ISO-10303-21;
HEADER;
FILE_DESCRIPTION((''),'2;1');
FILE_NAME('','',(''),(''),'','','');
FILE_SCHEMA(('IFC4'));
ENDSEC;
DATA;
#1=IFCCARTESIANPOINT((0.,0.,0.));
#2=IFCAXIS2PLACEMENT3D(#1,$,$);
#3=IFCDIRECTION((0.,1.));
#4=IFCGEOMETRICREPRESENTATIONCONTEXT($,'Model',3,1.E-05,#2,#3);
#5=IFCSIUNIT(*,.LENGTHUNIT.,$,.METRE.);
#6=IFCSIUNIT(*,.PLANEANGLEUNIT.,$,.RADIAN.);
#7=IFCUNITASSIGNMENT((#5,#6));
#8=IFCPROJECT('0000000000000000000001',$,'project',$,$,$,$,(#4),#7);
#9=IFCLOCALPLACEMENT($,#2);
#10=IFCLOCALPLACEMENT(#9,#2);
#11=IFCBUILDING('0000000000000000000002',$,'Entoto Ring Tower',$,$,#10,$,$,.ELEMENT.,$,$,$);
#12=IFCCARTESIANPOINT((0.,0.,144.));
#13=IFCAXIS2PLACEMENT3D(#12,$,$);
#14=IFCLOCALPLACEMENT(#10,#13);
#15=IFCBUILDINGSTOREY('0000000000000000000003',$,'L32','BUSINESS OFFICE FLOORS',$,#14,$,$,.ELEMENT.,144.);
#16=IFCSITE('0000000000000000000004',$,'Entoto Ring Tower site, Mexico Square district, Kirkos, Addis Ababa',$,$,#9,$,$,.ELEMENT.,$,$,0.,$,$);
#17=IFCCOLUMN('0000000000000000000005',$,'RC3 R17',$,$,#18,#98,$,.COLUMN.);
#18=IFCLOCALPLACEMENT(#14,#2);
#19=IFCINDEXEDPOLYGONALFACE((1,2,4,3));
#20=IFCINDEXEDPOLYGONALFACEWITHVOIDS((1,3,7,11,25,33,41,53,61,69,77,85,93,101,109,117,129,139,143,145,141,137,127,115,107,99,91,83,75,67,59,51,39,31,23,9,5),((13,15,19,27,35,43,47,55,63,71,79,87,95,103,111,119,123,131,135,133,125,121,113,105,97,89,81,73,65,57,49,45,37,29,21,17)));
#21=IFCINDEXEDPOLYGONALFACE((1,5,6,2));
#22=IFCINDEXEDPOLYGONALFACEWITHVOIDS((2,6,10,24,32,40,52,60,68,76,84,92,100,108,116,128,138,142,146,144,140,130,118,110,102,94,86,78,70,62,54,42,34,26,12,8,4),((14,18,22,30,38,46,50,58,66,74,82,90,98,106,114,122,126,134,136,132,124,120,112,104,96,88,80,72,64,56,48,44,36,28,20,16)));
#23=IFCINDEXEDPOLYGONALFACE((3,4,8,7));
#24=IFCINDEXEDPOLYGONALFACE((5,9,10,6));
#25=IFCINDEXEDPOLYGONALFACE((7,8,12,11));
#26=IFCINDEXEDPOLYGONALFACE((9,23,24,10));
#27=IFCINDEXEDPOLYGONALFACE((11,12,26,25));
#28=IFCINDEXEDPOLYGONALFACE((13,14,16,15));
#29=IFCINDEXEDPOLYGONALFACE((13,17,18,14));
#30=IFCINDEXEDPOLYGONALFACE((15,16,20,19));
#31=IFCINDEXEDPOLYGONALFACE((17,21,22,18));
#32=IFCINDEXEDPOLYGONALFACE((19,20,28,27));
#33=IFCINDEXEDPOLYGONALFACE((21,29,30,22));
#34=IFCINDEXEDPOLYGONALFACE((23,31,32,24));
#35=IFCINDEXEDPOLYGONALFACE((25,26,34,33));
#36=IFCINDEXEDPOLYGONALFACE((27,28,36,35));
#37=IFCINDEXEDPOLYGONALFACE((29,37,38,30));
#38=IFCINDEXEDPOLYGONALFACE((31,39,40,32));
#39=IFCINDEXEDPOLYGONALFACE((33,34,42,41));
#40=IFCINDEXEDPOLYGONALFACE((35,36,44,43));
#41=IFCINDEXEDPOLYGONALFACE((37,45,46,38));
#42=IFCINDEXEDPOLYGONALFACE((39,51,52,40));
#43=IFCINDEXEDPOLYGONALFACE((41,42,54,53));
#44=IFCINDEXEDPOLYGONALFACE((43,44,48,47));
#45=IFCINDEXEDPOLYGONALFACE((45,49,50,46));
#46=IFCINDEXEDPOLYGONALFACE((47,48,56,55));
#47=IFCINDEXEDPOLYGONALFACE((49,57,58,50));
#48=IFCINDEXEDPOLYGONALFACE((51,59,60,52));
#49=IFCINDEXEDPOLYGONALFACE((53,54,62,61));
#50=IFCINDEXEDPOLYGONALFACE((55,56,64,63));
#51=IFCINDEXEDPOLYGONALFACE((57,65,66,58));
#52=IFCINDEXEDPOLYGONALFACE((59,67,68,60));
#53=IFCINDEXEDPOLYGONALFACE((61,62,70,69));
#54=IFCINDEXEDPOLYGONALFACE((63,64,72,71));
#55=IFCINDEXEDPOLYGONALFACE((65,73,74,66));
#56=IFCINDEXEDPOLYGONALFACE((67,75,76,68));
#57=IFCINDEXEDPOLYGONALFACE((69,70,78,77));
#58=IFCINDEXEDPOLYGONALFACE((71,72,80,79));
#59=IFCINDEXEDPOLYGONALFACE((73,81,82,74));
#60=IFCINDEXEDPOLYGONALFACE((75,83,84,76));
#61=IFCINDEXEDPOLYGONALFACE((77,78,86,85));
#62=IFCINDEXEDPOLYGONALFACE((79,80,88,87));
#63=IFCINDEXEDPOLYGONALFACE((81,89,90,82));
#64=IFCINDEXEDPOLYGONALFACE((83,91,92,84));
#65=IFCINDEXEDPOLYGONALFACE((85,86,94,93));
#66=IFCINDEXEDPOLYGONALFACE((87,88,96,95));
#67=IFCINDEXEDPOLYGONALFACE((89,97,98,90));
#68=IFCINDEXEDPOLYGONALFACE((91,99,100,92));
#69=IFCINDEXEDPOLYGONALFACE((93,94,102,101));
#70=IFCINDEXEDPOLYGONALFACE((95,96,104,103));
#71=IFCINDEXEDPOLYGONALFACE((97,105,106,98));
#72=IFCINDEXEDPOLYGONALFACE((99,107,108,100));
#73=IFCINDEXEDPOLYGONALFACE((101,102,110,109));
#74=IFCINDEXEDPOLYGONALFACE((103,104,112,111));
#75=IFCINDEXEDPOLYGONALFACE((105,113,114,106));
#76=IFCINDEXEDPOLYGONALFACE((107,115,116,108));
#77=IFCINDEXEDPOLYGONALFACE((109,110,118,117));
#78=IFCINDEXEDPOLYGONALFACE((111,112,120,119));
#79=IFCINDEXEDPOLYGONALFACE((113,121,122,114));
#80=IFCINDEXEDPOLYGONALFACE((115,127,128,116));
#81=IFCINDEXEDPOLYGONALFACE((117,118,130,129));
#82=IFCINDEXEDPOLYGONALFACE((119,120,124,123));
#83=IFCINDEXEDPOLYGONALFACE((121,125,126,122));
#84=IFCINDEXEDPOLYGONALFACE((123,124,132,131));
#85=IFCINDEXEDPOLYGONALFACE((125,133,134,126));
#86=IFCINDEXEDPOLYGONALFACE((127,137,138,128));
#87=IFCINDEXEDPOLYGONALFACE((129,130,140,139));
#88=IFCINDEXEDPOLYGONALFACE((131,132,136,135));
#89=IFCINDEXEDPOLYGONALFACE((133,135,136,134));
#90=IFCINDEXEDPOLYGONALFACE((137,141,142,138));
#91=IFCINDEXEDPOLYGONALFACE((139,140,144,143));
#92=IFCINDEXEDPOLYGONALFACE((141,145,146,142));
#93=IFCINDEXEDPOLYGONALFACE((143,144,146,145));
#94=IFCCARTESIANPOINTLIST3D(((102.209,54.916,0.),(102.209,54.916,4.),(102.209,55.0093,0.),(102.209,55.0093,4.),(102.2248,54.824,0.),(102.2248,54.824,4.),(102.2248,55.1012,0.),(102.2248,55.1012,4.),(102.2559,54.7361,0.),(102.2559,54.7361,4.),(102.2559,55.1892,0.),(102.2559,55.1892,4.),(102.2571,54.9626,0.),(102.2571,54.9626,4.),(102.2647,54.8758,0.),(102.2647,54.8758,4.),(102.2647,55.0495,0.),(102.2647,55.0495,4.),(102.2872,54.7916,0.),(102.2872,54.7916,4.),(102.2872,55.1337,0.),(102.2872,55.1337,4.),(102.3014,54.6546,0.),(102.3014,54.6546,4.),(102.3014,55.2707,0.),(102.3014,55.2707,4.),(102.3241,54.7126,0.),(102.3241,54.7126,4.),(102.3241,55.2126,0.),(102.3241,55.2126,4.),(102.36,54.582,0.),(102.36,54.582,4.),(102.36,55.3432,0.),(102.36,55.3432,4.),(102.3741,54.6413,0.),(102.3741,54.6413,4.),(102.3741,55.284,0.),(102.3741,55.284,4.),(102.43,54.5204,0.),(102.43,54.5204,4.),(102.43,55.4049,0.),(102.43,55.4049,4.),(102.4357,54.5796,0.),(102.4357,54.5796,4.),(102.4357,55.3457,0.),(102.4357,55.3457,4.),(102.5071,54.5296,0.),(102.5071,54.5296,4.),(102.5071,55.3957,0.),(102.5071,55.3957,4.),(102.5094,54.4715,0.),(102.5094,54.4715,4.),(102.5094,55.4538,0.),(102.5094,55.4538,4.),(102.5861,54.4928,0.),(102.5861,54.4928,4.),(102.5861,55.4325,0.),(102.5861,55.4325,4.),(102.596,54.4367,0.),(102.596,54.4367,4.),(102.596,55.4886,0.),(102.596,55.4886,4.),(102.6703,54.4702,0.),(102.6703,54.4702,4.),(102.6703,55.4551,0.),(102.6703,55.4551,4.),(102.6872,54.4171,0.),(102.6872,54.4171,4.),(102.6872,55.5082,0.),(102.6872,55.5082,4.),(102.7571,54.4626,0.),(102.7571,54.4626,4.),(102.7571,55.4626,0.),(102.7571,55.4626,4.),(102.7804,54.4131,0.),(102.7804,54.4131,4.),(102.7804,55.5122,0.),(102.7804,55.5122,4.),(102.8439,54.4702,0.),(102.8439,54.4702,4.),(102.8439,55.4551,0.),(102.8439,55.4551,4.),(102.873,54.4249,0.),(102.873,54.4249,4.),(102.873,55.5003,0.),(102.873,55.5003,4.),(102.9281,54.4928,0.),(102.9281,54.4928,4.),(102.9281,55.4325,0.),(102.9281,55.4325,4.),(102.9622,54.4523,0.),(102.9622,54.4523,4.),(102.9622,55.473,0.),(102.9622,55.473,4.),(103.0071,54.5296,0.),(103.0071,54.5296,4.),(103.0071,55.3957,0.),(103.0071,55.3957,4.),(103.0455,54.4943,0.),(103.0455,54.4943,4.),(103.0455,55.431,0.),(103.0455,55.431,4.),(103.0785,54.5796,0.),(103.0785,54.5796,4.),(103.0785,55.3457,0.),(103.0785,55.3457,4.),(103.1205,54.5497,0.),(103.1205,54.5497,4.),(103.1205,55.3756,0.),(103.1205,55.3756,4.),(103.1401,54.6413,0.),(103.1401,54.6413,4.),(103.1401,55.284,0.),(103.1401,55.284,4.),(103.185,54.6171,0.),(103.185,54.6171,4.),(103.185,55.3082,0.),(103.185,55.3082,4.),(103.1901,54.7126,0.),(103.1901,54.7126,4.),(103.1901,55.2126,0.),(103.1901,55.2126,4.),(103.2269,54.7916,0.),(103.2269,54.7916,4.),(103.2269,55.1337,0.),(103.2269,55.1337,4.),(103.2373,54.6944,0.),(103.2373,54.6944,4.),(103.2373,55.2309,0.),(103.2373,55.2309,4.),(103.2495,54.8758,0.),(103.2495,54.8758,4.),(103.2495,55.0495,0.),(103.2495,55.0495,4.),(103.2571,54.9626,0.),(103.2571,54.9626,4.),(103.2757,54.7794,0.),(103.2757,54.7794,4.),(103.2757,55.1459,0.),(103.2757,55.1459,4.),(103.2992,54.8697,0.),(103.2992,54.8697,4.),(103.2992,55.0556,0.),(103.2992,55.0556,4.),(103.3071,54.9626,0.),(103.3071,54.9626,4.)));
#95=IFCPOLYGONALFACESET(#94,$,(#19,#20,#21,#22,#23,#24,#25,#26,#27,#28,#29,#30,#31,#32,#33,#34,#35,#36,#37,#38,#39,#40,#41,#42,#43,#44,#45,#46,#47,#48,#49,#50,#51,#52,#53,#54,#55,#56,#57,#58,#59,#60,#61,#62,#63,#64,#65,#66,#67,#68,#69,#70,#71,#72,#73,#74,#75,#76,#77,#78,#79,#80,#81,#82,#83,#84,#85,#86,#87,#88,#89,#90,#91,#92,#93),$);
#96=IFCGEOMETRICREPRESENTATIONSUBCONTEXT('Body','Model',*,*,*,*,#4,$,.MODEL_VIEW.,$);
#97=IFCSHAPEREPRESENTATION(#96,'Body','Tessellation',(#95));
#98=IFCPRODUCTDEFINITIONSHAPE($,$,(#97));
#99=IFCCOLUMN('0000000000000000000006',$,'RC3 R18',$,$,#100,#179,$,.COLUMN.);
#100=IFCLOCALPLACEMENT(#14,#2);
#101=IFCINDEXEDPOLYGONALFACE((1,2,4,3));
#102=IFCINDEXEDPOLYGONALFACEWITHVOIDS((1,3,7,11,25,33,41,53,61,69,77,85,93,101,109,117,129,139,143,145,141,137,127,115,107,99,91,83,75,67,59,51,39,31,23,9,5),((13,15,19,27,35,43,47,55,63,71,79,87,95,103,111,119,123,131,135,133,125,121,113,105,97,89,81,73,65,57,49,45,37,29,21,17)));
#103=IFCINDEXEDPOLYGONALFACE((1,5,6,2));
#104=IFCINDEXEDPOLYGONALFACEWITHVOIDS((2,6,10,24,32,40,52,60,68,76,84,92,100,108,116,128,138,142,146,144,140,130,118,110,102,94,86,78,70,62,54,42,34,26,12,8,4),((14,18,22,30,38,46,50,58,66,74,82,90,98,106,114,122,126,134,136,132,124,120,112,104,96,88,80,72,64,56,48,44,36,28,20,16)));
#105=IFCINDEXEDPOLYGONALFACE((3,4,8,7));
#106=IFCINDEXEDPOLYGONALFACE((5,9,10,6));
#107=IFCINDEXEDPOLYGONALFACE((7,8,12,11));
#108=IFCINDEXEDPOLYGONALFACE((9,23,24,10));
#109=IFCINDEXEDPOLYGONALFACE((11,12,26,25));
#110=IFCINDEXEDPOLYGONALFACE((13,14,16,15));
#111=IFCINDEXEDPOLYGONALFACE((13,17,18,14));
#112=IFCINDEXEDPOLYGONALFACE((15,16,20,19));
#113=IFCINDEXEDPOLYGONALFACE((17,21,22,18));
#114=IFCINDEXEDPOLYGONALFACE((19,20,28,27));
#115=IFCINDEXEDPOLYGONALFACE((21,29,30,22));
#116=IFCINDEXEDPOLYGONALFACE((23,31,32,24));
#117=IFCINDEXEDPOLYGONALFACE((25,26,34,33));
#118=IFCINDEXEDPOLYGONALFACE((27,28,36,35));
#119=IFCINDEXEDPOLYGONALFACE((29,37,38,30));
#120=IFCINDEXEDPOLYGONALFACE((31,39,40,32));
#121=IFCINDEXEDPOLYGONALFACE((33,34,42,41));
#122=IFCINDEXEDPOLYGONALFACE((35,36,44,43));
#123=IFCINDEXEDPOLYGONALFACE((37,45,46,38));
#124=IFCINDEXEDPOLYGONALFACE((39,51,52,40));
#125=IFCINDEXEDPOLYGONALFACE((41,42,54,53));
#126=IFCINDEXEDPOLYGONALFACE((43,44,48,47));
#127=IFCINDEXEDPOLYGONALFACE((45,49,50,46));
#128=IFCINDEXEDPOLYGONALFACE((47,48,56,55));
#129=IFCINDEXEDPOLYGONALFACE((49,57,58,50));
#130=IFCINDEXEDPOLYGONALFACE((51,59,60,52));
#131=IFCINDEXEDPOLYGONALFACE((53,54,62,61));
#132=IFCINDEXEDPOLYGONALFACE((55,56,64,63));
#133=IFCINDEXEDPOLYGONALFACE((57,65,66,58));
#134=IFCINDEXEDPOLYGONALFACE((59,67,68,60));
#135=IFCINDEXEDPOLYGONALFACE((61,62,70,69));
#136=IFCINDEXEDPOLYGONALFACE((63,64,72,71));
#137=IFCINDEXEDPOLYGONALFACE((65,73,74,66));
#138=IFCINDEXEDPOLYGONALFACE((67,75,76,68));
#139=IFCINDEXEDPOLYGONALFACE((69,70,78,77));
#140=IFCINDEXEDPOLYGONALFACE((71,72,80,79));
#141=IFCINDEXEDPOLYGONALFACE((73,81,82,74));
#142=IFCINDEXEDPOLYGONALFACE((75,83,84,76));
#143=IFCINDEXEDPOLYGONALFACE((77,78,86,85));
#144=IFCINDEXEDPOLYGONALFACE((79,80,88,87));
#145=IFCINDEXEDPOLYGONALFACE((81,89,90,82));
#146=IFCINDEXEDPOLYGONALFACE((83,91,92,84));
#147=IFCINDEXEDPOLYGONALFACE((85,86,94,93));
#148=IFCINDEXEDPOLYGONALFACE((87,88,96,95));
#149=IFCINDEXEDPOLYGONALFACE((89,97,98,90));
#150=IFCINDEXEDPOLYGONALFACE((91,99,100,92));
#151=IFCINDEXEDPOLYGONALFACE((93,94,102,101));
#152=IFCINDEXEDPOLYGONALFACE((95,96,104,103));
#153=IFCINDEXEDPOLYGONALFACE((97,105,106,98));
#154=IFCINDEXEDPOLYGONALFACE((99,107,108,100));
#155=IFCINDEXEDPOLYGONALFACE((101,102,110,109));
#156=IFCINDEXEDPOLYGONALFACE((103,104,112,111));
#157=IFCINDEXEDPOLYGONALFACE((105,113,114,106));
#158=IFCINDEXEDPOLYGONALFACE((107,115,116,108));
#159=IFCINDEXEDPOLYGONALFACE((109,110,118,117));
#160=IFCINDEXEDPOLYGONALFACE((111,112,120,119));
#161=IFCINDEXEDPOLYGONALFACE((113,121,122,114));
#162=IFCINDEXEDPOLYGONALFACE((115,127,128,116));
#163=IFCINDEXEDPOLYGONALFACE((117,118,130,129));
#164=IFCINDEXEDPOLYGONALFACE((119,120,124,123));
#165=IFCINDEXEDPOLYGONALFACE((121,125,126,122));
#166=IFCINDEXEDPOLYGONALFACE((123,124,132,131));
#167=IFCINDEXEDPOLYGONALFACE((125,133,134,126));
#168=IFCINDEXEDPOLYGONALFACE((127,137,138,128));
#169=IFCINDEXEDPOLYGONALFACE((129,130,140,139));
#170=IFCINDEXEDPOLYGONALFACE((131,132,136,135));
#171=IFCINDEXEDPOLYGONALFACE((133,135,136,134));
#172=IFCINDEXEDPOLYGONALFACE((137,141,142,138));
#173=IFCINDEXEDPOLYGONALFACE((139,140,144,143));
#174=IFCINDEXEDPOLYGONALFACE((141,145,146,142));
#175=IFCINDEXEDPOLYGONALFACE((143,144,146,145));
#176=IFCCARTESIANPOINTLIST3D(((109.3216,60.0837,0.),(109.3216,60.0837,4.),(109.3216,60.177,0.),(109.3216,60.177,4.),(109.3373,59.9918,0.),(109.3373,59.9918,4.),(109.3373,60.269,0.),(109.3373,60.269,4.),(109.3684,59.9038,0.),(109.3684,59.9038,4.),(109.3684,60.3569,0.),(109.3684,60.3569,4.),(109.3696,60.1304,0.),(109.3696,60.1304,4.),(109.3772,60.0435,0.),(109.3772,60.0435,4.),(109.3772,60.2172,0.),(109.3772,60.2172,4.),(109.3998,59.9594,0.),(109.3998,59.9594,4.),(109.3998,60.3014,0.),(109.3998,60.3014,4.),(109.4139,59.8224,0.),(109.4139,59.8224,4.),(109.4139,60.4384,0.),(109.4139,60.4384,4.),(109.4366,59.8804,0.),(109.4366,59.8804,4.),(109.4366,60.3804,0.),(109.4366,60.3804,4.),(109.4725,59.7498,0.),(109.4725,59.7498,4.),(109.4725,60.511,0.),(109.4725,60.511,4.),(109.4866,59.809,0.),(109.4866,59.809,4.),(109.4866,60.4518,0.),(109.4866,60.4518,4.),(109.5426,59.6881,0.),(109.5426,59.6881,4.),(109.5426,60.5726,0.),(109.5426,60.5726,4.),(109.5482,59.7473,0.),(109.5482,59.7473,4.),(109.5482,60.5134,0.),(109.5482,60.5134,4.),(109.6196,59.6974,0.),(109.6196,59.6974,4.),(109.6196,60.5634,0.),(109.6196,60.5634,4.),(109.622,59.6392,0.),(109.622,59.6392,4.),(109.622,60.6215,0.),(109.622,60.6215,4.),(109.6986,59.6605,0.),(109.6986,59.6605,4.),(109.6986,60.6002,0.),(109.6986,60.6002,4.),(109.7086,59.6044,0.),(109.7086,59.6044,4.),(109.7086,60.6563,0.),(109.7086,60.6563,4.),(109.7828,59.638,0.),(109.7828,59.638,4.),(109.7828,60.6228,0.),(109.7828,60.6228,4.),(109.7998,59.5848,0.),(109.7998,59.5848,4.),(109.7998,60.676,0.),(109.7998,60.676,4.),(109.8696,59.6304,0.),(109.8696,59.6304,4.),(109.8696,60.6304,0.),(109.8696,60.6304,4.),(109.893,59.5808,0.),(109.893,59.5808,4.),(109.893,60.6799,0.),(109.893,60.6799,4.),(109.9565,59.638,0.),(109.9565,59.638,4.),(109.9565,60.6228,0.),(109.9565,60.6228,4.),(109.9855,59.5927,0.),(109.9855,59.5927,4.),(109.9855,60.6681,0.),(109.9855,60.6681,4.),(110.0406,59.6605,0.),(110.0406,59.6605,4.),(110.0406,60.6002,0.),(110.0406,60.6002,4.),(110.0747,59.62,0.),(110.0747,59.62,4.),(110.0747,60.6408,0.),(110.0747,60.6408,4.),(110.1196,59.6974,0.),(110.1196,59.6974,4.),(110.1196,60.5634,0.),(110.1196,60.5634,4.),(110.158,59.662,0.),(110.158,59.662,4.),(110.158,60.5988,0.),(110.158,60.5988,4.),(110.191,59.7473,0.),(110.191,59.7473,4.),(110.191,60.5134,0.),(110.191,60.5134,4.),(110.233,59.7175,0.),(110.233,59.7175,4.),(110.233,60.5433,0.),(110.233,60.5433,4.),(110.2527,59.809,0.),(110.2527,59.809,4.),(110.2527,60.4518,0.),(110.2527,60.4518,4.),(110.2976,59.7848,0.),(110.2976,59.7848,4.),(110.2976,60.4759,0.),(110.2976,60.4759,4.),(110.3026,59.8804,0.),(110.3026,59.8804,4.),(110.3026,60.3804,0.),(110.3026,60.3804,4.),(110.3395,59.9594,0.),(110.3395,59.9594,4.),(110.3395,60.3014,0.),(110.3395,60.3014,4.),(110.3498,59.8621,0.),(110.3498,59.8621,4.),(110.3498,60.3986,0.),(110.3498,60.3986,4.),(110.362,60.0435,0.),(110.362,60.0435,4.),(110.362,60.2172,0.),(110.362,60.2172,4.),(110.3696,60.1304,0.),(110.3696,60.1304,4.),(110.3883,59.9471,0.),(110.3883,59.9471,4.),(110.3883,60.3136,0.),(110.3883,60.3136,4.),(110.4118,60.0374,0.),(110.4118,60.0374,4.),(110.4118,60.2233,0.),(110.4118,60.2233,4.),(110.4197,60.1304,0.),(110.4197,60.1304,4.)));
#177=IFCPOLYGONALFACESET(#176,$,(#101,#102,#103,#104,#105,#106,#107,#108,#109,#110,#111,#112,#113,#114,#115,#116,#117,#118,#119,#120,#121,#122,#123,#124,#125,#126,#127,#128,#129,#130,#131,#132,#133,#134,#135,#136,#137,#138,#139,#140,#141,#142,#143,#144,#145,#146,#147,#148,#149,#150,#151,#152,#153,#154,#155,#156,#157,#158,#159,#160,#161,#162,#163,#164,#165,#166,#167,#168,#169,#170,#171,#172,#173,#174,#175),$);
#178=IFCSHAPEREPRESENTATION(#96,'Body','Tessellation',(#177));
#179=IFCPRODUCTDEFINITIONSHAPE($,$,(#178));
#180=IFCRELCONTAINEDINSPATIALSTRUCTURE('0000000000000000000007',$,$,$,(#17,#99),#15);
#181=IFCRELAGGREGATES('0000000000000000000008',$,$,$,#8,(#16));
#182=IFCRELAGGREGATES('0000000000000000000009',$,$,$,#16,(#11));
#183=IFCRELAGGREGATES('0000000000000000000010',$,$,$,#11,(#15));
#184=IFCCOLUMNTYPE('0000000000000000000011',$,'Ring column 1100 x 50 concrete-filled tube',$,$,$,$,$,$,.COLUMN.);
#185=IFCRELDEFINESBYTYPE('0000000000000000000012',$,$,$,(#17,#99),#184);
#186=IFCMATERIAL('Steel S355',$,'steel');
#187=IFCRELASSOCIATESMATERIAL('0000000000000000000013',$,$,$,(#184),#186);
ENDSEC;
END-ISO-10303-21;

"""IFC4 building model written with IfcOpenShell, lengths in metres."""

from ifc_helpers import new_model, si_unit, direction, frame, origin, origin_2d, place, context, subcontext, project, spatial, circle, hollow_circle, extrude, material, material_profile, profile_set, type_object, element, save


model = new_model("IFC4")

# Units and contexts
model_context = context("Model", 3, precision=1e-05, world=origin(), true_north=direction((0.0, 1.0)))
body_context = subcontext(model_context, "Body", "Model", "MODEL_VIEW")
ifc_project = project(units=[si_unit("LENGTHUNIT", "METRE"), si_unit("PLANEANGLEUNIT", "RADIAN")], contexts=[model_context])

# Site, building, storey
site_placement = place(None, origin())
site = spatial("IfcSite", under=ifc_project, at=site_placement, Name="Entoto Ring Tower site, Mexico Square district, Kirkos, Addis Ababa", CompositionType="ELEMENT", RefElevation=0.0)
building_placement = place(site_placement, origin())
building = spatial("IfcBuilding", under=site, at=building_placement, Name="Entoto Ring Tower", CompositionType="ELEMENT")
storey_placement = place(building_placement, frame((0.0, 0.0, 144.0)))
storey = spatial("IfcBuildingStorey", under=building, at=storey_placement, Name="L32", Description="BUSINESS OFFICE FLOORS", CompositionType="ELEMENT", Elevation=144.0)

# Columns
ifc_material_1 = material(Name="Steel S355", Category="steel")
ifc_material_profile_1 = material_profile(ifc_material_1, hollow_circle(Radius=0.55, WallThickness=0.05, at=origin_2d()), Name="CHS 1100 x 50")
ifc_material_2 = material(Name="Concrete C60/75", Category="concrete")
ifc_material_profile_2 = material_profile(ifc_material_2, circle(Radius=0.5, at=origin_2d()), Name="Concrete C60/75 infill")
ifc_profile_set_1 = profile_set([ifc_material_profile_1, ifc_material_profile_2], Name="Steel S355")
column_type = type_object("IfcColumnType", Name="Ring column 1100 x 50 concrete-filled tube", PredefinedType="COLUMN", material=ifc_profile_set_1)
for number, where, z_axis, x_axis, name in (
    (1, (102.7571, 54.9626, 0.0), (0.0, 0.0, 1.0), (1.0, 0.0, 0.0), "RC3 R17"),
    (2, (109.8696, 60.1304, 0.0), (0.0, 0.0, 1.0), (1.0, 0.0, 0.0), "RC3 R18"),
):
    element("IfcColumn", number, at=place(storey_placement, frame(where, z_axis=z_axis, x_axis=x_axis)), inside=storey, type_object=column_type, Name=name, PredefinedType="COLUMN", context=body_context, shape_type="SweptSolid", body=[
        extrude(hollow_circle(Radius=0.55, WallThickness=0.05, at=origin_2d()), origin(), (0.0, 0.0, 1.0), 4.0),
    ])

save(model, "model.ifc")
